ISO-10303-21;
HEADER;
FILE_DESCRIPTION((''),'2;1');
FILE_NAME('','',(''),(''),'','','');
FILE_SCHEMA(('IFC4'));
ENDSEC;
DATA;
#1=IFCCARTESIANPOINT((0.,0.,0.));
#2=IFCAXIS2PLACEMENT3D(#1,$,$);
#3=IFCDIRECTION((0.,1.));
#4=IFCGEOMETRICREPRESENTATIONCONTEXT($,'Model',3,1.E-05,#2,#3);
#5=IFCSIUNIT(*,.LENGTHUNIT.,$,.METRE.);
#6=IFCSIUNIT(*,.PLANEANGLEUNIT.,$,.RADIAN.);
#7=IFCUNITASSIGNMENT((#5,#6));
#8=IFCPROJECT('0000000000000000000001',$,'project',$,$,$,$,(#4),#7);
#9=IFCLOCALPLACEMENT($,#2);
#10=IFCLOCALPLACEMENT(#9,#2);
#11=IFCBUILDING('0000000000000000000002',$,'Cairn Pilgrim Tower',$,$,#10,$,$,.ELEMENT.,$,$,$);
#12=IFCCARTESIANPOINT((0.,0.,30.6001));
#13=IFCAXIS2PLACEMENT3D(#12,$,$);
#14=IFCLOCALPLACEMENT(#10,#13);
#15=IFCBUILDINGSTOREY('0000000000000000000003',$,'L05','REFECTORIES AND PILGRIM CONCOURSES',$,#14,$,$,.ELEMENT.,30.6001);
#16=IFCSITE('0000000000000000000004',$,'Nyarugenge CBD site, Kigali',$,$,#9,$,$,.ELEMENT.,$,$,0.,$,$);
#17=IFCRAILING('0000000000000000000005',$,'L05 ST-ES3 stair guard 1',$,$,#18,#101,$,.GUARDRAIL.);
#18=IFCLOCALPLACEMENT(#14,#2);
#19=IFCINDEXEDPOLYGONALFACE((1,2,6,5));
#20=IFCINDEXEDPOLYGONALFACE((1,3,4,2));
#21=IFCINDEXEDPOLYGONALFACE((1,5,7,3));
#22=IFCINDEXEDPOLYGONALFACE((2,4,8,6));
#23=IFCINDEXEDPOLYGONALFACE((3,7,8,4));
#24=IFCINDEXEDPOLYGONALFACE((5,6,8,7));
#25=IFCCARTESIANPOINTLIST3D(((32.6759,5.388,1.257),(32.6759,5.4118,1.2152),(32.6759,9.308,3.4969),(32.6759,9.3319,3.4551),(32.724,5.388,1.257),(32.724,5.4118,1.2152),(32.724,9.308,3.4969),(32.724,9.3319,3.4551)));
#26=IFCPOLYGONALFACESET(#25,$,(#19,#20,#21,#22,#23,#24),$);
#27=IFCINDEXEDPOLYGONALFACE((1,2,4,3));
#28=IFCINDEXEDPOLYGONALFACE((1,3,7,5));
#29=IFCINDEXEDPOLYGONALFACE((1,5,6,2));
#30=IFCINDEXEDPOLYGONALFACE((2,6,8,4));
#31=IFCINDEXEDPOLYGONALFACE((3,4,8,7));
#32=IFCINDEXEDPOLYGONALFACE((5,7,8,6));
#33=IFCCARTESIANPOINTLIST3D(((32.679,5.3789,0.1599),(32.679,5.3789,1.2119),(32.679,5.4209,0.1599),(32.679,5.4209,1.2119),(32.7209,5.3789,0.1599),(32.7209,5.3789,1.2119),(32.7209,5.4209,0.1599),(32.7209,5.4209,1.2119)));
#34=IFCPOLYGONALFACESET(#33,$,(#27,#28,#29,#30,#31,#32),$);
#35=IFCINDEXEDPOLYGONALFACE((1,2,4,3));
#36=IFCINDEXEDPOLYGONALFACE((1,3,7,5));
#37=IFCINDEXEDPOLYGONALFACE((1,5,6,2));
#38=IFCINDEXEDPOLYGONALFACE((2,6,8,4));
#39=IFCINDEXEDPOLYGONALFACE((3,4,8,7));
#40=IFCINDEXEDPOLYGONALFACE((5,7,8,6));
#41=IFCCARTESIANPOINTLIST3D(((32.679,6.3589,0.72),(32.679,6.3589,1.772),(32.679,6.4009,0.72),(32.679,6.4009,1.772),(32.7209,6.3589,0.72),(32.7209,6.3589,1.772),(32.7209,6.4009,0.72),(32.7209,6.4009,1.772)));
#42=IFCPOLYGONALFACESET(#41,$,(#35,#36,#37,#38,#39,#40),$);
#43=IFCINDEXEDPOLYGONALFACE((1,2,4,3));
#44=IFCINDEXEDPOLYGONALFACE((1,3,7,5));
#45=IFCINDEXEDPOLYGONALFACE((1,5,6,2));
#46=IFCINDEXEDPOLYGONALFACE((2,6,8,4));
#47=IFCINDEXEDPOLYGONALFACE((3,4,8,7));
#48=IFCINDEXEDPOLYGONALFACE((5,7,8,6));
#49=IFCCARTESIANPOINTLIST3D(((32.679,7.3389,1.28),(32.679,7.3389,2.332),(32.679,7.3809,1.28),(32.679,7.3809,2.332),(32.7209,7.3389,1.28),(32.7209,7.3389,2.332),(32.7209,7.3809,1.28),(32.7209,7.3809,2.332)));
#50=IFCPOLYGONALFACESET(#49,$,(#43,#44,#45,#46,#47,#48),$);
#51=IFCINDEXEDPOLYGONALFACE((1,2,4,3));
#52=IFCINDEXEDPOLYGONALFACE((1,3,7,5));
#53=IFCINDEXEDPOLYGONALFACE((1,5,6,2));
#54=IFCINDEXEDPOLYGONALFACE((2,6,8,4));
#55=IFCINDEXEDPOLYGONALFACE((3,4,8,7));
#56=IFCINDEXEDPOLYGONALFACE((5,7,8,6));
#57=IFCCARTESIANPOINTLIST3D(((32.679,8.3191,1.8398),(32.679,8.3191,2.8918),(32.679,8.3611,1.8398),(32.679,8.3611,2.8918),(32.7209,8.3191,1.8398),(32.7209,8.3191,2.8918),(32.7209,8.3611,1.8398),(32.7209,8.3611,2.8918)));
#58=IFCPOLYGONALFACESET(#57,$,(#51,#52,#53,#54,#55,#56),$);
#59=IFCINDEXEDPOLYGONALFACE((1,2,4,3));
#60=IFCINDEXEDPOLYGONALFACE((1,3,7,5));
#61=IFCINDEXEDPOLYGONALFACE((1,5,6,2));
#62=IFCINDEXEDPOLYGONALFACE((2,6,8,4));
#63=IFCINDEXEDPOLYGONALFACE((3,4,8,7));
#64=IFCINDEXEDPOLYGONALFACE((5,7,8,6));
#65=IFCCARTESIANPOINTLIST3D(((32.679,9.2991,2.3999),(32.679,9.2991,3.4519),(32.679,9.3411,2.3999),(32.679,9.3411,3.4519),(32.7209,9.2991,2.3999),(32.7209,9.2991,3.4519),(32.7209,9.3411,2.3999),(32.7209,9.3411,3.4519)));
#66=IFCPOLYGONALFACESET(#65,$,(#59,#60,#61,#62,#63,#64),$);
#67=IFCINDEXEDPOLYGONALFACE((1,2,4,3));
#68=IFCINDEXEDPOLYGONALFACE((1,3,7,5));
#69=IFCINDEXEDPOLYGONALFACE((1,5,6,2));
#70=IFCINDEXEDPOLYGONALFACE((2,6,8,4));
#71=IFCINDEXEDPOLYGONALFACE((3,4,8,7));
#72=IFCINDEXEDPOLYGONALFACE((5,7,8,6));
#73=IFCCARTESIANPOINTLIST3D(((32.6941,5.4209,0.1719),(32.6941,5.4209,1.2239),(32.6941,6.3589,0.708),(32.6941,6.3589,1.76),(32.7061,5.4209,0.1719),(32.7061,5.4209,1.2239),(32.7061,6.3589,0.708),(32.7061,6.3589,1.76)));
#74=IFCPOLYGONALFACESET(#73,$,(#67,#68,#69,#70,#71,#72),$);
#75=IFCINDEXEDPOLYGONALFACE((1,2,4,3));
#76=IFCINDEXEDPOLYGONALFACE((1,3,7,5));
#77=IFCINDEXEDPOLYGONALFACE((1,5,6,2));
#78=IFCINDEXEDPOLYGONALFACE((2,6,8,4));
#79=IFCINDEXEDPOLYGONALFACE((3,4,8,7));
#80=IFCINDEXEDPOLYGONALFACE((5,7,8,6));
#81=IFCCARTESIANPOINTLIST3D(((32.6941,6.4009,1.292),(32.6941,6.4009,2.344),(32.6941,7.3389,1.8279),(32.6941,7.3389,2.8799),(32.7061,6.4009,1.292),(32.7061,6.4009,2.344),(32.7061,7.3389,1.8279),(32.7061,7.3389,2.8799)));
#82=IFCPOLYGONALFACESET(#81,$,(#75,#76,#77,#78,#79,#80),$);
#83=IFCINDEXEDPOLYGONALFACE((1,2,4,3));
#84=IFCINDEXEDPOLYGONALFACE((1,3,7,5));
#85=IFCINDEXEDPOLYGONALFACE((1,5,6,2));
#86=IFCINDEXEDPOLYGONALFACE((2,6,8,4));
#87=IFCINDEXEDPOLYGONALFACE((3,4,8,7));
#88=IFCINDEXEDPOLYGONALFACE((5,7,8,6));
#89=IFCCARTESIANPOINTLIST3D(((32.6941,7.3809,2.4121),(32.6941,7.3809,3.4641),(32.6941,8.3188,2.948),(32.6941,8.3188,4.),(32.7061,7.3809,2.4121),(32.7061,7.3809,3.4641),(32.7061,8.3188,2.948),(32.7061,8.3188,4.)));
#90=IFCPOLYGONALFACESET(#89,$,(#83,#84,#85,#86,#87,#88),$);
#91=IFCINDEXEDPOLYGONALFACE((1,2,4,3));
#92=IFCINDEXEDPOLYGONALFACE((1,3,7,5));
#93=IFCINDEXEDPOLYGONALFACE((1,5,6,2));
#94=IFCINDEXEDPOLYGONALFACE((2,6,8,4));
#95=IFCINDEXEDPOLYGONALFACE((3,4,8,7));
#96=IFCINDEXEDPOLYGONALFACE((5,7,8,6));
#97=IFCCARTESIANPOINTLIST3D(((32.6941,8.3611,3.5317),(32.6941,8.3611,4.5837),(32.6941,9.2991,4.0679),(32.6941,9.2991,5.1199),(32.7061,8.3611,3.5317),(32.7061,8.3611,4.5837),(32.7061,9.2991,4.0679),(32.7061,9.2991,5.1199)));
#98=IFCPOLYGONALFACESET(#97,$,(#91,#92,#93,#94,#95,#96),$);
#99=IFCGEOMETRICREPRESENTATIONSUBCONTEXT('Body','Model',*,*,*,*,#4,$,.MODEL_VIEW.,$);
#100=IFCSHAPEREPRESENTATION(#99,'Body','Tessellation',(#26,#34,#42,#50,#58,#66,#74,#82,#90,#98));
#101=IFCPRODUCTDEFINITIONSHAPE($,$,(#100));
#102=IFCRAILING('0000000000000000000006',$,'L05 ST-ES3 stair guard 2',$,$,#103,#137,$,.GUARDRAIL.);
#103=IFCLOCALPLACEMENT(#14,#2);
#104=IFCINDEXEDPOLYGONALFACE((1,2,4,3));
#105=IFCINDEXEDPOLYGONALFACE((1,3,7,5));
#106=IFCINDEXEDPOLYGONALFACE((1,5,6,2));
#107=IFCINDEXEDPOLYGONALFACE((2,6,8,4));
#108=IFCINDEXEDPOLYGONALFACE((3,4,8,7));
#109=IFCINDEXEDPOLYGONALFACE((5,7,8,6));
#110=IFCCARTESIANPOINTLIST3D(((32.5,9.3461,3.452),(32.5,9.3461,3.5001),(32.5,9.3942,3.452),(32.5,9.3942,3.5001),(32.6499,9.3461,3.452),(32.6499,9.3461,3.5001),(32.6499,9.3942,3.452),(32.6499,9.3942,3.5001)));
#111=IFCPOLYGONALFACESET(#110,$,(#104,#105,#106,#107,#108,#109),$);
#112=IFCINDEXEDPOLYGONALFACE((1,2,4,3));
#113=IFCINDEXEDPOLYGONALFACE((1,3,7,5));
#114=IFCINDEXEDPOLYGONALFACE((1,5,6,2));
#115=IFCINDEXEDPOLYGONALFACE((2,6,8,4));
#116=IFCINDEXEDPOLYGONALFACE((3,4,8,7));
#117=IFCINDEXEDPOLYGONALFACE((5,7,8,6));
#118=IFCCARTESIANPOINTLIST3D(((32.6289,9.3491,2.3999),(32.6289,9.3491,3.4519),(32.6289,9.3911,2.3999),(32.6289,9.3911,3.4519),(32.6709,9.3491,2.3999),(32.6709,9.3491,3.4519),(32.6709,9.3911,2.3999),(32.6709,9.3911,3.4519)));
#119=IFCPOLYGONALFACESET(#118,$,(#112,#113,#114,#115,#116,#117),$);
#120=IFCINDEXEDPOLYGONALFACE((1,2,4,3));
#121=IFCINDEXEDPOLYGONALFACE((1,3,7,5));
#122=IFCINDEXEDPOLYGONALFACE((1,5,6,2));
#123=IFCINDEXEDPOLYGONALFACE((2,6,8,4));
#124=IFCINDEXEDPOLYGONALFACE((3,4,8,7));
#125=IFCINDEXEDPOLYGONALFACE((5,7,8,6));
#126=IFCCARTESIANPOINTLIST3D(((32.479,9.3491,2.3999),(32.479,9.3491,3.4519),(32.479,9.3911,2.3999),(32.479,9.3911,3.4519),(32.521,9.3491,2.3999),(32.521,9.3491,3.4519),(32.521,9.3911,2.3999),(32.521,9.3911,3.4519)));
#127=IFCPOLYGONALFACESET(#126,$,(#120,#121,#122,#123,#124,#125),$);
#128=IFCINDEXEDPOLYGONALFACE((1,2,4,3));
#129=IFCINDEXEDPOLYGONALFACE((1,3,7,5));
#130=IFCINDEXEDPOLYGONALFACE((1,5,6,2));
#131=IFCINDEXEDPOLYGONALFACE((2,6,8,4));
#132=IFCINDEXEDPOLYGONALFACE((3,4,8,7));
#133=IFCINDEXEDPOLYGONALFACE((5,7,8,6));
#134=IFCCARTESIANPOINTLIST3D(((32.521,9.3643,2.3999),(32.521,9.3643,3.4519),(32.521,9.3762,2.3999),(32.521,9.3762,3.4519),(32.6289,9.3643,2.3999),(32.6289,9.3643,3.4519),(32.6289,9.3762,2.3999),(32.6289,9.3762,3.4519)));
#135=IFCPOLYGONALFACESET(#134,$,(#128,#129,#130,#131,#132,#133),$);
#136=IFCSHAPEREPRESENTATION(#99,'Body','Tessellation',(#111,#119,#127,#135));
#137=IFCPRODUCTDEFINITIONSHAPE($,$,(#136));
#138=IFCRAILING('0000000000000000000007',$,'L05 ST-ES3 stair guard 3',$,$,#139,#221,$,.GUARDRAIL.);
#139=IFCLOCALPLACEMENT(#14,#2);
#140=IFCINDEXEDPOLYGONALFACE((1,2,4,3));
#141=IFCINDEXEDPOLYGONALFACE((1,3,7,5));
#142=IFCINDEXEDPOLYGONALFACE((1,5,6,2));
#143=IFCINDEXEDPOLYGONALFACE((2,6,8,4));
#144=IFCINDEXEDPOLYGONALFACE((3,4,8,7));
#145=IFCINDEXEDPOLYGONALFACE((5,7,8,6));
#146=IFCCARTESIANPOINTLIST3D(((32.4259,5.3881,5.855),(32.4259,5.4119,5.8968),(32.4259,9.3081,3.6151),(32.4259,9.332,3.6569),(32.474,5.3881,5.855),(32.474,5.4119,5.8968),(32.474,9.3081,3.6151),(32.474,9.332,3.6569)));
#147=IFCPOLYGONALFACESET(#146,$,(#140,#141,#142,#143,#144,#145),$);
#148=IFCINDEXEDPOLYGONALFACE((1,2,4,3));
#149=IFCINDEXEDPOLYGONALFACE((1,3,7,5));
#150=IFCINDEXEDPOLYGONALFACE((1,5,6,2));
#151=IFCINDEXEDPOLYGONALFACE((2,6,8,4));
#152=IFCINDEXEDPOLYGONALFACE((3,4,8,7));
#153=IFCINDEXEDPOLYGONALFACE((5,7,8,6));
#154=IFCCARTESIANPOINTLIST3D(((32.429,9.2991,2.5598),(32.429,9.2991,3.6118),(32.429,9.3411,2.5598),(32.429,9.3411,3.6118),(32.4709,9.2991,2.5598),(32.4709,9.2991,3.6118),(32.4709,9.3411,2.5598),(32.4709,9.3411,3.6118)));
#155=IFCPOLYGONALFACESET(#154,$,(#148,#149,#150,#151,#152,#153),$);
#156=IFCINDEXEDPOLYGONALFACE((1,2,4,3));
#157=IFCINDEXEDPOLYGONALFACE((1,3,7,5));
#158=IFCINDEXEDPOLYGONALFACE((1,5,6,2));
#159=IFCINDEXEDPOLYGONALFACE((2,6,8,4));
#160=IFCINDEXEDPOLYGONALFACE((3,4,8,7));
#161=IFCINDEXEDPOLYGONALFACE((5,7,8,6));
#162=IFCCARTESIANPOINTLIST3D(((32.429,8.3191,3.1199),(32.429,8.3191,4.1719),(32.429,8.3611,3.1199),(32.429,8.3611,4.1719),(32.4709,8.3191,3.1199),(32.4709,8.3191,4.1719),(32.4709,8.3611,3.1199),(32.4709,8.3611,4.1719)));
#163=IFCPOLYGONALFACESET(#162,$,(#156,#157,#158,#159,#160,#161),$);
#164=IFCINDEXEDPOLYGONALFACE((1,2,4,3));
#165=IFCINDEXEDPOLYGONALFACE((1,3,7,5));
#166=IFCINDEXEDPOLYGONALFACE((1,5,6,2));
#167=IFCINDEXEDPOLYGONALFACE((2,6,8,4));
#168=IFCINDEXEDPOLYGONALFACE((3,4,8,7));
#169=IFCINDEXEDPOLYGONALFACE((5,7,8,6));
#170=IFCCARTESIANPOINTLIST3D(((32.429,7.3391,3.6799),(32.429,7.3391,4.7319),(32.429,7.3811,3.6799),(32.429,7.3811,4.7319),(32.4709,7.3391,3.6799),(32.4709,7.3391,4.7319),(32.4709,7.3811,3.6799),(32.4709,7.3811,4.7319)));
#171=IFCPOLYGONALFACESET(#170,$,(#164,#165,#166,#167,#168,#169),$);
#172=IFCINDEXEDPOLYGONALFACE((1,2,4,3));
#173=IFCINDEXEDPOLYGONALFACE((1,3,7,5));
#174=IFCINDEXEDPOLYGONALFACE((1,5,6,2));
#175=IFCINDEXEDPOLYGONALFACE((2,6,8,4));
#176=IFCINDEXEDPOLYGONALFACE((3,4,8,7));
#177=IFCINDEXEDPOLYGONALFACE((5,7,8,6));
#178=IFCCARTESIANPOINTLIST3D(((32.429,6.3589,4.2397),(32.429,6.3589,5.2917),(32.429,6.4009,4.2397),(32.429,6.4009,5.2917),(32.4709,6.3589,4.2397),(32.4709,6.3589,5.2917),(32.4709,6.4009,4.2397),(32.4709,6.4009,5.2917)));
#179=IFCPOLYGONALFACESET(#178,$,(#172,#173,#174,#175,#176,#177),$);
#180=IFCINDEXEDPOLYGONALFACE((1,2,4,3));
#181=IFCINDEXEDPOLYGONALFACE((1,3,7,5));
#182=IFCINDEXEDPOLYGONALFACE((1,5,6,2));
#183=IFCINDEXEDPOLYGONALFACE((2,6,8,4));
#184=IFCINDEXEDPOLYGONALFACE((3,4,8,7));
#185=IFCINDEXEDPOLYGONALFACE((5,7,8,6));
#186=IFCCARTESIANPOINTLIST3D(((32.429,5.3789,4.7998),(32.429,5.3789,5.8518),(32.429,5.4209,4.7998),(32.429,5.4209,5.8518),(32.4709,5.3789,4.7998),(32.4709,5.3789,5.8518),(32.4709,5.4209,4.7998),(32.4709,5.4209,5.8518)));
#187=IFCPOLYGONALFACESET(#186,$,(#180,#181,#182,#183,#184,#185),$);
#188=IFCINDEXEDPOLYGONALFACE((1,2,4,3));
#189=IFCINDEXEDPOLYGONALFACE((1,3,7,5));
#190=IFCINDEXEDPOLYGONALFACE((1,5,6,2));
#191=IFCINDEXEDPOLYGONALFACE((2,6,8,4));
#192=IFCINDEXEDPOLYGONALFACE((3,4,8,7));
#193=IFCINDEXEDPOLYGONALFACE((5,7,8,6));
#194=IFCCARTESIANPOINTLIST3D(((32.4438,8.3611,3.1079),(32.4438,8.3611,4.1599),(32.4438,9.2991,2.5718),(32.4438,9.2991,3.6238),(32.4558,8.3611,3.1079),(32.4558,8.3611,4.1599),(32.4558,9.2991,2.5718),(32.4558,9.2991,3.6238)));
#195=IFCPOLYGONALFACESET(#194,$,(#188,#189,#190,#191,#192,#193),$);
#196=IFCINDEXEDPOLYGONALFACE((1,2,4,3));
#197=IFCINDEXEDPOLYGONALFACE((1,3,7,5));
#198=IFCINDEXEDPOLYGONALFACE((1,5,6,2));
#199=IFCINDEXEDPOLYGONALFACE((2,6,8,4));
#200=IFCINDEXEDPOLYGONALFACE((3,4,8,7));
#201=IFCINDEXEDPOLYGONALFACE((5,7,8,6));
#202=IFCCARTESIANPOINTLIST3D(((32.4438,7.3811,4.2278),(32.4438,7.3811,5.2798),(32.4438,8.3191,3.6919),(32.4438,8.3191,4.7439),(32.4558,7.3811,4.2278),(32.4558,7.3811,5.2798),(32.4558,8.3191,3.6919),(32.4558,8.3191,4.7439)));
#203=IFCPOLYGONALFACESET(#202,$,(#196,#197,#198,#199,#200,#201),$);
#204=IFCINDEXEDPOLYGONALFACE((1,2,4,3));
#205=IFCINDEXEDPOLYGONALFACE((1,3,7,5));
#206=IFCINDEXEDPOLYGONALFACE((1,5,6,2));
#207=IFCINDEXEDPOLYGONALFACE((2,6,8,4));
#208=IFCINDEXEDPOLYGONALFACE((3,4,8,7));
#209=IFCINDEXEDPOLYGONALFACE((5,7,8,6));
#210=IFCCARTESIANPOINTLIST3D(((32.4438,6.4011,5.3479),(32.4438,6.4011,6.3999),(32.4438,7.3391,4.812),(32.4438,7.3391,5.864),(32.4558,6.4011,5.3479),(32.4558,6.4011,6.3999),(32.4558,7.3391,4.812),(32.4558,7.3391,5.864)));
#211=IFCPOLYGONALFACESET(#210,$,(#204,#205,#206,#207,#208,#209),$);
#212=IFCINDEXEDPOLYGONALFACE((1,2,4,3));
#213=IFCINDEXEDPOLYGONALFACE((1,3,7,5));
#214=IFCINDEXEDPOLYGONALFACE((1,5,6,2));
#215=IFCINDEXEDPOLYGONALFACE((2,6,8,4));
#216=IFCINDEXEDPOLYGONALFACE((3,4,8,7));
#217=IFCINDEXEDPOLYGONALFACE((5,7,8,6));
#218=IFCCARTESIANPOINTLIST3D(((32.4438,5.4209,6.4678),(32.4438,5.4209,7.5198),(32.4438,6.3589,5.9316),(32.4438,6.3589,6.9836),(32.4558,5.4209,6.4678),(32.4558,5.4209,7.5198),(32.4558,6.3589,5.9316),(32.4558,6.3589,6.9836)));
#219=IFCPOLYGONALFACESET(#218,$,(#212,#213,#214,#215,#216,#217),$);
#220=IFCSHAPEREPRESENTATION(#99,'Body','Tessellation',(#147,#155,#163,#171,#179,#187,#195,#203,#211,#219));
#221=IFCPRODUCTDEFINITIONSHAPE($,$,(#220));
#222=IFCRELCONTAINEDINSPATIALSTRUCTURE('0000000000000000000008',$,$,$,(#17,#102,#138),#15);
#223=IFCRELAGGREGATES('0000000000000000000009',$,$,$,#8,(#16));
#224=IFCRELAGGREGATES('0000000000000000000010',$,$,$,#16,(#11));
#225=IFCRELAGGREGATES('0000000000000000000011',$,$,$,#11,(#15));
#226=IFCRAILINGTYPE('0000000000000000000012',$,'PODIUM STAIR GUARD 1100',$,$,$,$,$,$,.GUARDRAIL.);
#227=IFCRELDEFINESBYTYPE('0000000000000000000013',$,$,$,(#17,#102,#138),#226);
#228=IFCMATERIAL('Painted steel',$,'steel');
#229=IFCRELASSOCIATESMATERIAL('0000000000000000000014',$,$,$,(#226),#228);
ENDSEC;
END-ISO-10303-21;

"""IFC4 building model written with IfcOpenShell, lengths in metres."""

from ifc_helpers import new_model, si_unit, direction, frame, origin, origin_2d, place, context, subcontext, project, spatial, polyline, rectangle, outline, extrude, material, type_object, element, save


model = new_model("IFC4")

# Units and contexts
model_context = context("Model", 3, precision=1e-05, world=origin(), true_north=direction((0.0, 1.0)))
body_context = subcontext(model_context, "Body", "Model", "MODEL_VIEW")
ifc_project = project(units=[si_unit("LENGTHUNIT", "METRE"), si_unit("PLANEANGLEUNIT", "RADIAN")], contexts=[model_context])

# Site, building, storey
site_placement = place(None, origin())
site = spatial("IfcSite", under=ifc_project, at=site_placement, Name="Nyarugenge CBD site, Kigali", CompositionType="ELEMENT", RefElevation=0.0)
building_placement = place(site_placement, origin())
building = spatial("IfcBuilding", under=site, at=building_placement, Name="Cairn Pilgrim Tower", CompositionType="ELEMENT")
storey_placement = place(building_placement, frame((0.0, 0.0, 30.6001)))
storey = spatial("IfcBuildingStorey", under=building, at=storey_placement, Name="L05", Description="REFECTORIES AND PILGRIM CONCOURSES", CompositionType="ELEMENT", Elevation=30.6001)

# Railings
ifc_material_1 = material(Name="Painted steel", Category="steel")
railing_type_1 = type_object("IfcRailingType", Name="PODIUM STAIR GUARD 1100", PredefinedType="GUARDRAIL", material=ifc_material_1)
railing_1_placement = place(storey_placement, frame((32.7, 5.3999, 0.1599)))
element("IfcRailing", 1, at=railing_1_placement, inside=storey, type_object=railing_type_1, Name="L05 ST-ES3 stair guard 1", PredefinedType="GUARDRAIL", context=body_context, shape_type="SweptSolid", body=[
    extrude(rectangle(XDim=0.0481, YDim=0.0481, at=origin_2d()), frame((0.0, 0.0, 1.0762), z_axis=(0.0, 0.868253, 0.496121), x_axis=(-1.0, 0.0, 0.0)), (0.0, 0.0, 1.0), 4.5149),
    extrude(rectangle(XDim=0.042, YDim=0.042, at=origin_2d()), origin(), (0.0, 0.0, 1.0), 1.052),
    extrude(rectangle(XDim=0.042, YDim=0.042, at=origin_2d()), frame((0.0, 0.98, 0.5601)), (0.0, 0.0, 1.0), 1.052),
    extrude(rectangle(XDim=0.042, YDim=0.042, at=origin_2d()), frame((0.0, 1.96, 1.1201)), (0.0, 0.0, 1.0), 1.052),
    extrude(rectangle(XDim=0.042, YDim=0.042, at=origin_2d()), frame((0.0, 2.9402, 1.6799)), (0.0, 0.0, 1.0), 1.052),
    extrude(rectangle(XDim=0.042, YDim=0.042, at=origin_2d()), frame((0.0, 3.9202, 2.24)), (0.0, 0.0, 1.0), 1.052),
    extrude(outline(polyline([(0.021, 0.012), (0.959, 0.5481), (0.959, 1.6001), (0.021, 1.064), (0.021, 0.012)])), frame((-0.0059, 0.0, 0.0), z_axis=(1.0, 0.0, 0.0), x_axis=(0.0, 1.0, 0.0)), (0.0, 0.0, 1.0), 0.012),
    extrude(outline(polyline([(0.021, 0.572), (0.959, 1.1079), (0.959, 2.1599), (0.021, 1.624), (0.021, 0.572)])), frame((-0.0059, 0.98, 0.5601), z_axis=(1.0, 0.0, 0.0), x_axis=(0.0, 1.0, 0.0)), (0.0, 0.0, 1.0), 0.012),
    extrude(outline(polyline([(0.021, 1.1321), (0.959, 1.668), (0.959, 2.72), (0.021, 2.1841), (0.021, 1.1321)])), frame((-0.0059, 1.96, 1.1201), z_axis=(1.0, 0.0, 0.0), x_axis=(0.0, 1.0, 0.0)), (0.0, 0.0, 1.0), 0.012),
    extrude(outline(polyline([(0.021, 1.6919), (0.959, 2.228), (0.959, 3.28), (0.021, 2.7439), (0.021, 1.6919)])), frame((-0.0059, 2.9402, 1.6799), z_axis=(1.0, 0.0, 0.0), x_axis=(0.0, 1.0, 0.0)), (0.0, 0.0, 1.0), 0.012),
])
railing_2_placement = place(storey_placement, frame((32.6499, 9.3701, 2.3999)))
element("IfcRailing", 2, at=railing_2_placement, inside=storey, type_object=railing_type_1, Name="L05 ST-ES3 stair guard 2", PredefinedType="GUARDRAIL", context=body_context, shape_type="SweptSolid", body=[
    extrude(rectangle(XDim=0.0481, YDim=0.0481, at=origin_2d()), frame((0.0, 0.0, 1.0762), z_axis=(-1.0, 0.0, 0.0), x_axis=(0.0, -1.0, 0.0)), (0.0, 0.0, 1.0), 0.1499),
    extrude(rectangle(XDim=0.042, YDim=0.042, at=origin_2d()), origin(), (0.0, 0.0, 1.0), 1.052),
    extrude(rectangle(XDim=0.042, YDim=0.042, at=origin_2d()), frame((-0.1499, 0.0, 0.0)), (0.0, 0.0, 1.0), 1.052),
    extrude(outline(polyline([(0.021, 0.0), (0.1289, 0.0), (0.1289, 1.052), (0.021, 1.052), (0.021, 0.0)])), frame((0.0, -0.0059, 0.0), z_axis=(0.0, 1.0, 0.0), x_axis=(-1.0, 0.0, 0.0)), (0.0, 0.0, 1.0), 0.012),
])
railing_3_placement = place(storey_placement, frame((32.45, 9.3201, 2.5598)))
element("IfcRailing", 3, at=railing_3_placement, inside=storey, type_object=railing_type_1, Name="L05 ST-ES3 stair guard 3", PredefinedType="GUARDRAIL", context=body_context, shape_type="SweptSolid", body=[
    extrude(rectangle(XDim=0.0481, YDim=0.0481, at=origin_2d()), frame((0.0, 0.0, 1.0762), z_axis=(0.0, -0.868253, 0.496121), x_axis=(1.0, 0.0, 0.0)), (0.0, 0.0, 1.0), 4.5149),
    extrude(rectangle(XDim=0.042, YDim=0.042, at=origin_2d()), origin(), (0.0, 0.0, 1.0), 1.052),
    extrude(rectangle(XDim=0.042, YDim=0.042, at=origin_2d()), frame((0.0, -0.98, 0.5601)), (0.0, 0.0, 1.0), 1.052),
    extrude(rectangle(XDim=0.042, YDim=0.042, at=origin_2d()), frame((0.0, -1.96, 1.1201)), (0.0, 0.0, 1.0), 1.052),
    extrude(rectangle(XDim=0.042, YDim=0.042, at=origin_2d()), frame((0.0, -2.9402, 1.6799)), (0.0, 0.0, 1.0), 1.052),
    extrude(rectangle(XDim=0.042, YDim=0.042, at=origin_2d()), frame((0.0, -3.9202, 2.24)), (0.0, 0.0, 1.0), 1.052),
    extrude(outline(polyline([(0.021, 0.012), (0.959, 0.5481), (0.959, 1.6001), (0.021, 1.064), (0.021, 0.012)])), frame((0.0059, 0.0, 0.0), z_axis=(-1.0, 0.0, 0.0), x_axis=(0.0, -1.0, 0.0)), (0.0, 0.0, 1.0), 0.012),
    extrude(outline(polyline([(0.021, 0.572), (0.959, 1.1079), (0.959, 2.1599), (0.021, 1.624), (0.021, 0.572)])), frame((0.0059, -0.98, 0.5601), z_axis=(-1.0, 0.0, 0.0), x_axis=(0.0, -1.0, 0.0)), (0.0, 0.0, 1.0), 0.012),
    extrude(outline(polyline([(0.021, 1.1321), (0.959, 1.668), (0.959, 2.72), (0.021, 2.1841), (0.021, 1.1321)])), frame((0.0059, -1.96, 1.1201), z_axis=(-1.0, 0.0, 0.0), x_axis=(0.0, -1.0, 0.0)), (0.0, 0.0, 1.0), 0.012),
    extrude(outline(polyline([(0.021, 1.6919), (0.959, 2.228), (0.959, 3.28), (0.021, 2.7439), (0.021, 1.6919)])), frame((0.0059, -2.9402, 1.6799), z_axis=(-1.0, 0.0, 0.0), x_axis=(0.0, -1.0, 0.0)), (0.0, 0.0, 1.0), 0.012),
])

save(model, "model.ifc")
